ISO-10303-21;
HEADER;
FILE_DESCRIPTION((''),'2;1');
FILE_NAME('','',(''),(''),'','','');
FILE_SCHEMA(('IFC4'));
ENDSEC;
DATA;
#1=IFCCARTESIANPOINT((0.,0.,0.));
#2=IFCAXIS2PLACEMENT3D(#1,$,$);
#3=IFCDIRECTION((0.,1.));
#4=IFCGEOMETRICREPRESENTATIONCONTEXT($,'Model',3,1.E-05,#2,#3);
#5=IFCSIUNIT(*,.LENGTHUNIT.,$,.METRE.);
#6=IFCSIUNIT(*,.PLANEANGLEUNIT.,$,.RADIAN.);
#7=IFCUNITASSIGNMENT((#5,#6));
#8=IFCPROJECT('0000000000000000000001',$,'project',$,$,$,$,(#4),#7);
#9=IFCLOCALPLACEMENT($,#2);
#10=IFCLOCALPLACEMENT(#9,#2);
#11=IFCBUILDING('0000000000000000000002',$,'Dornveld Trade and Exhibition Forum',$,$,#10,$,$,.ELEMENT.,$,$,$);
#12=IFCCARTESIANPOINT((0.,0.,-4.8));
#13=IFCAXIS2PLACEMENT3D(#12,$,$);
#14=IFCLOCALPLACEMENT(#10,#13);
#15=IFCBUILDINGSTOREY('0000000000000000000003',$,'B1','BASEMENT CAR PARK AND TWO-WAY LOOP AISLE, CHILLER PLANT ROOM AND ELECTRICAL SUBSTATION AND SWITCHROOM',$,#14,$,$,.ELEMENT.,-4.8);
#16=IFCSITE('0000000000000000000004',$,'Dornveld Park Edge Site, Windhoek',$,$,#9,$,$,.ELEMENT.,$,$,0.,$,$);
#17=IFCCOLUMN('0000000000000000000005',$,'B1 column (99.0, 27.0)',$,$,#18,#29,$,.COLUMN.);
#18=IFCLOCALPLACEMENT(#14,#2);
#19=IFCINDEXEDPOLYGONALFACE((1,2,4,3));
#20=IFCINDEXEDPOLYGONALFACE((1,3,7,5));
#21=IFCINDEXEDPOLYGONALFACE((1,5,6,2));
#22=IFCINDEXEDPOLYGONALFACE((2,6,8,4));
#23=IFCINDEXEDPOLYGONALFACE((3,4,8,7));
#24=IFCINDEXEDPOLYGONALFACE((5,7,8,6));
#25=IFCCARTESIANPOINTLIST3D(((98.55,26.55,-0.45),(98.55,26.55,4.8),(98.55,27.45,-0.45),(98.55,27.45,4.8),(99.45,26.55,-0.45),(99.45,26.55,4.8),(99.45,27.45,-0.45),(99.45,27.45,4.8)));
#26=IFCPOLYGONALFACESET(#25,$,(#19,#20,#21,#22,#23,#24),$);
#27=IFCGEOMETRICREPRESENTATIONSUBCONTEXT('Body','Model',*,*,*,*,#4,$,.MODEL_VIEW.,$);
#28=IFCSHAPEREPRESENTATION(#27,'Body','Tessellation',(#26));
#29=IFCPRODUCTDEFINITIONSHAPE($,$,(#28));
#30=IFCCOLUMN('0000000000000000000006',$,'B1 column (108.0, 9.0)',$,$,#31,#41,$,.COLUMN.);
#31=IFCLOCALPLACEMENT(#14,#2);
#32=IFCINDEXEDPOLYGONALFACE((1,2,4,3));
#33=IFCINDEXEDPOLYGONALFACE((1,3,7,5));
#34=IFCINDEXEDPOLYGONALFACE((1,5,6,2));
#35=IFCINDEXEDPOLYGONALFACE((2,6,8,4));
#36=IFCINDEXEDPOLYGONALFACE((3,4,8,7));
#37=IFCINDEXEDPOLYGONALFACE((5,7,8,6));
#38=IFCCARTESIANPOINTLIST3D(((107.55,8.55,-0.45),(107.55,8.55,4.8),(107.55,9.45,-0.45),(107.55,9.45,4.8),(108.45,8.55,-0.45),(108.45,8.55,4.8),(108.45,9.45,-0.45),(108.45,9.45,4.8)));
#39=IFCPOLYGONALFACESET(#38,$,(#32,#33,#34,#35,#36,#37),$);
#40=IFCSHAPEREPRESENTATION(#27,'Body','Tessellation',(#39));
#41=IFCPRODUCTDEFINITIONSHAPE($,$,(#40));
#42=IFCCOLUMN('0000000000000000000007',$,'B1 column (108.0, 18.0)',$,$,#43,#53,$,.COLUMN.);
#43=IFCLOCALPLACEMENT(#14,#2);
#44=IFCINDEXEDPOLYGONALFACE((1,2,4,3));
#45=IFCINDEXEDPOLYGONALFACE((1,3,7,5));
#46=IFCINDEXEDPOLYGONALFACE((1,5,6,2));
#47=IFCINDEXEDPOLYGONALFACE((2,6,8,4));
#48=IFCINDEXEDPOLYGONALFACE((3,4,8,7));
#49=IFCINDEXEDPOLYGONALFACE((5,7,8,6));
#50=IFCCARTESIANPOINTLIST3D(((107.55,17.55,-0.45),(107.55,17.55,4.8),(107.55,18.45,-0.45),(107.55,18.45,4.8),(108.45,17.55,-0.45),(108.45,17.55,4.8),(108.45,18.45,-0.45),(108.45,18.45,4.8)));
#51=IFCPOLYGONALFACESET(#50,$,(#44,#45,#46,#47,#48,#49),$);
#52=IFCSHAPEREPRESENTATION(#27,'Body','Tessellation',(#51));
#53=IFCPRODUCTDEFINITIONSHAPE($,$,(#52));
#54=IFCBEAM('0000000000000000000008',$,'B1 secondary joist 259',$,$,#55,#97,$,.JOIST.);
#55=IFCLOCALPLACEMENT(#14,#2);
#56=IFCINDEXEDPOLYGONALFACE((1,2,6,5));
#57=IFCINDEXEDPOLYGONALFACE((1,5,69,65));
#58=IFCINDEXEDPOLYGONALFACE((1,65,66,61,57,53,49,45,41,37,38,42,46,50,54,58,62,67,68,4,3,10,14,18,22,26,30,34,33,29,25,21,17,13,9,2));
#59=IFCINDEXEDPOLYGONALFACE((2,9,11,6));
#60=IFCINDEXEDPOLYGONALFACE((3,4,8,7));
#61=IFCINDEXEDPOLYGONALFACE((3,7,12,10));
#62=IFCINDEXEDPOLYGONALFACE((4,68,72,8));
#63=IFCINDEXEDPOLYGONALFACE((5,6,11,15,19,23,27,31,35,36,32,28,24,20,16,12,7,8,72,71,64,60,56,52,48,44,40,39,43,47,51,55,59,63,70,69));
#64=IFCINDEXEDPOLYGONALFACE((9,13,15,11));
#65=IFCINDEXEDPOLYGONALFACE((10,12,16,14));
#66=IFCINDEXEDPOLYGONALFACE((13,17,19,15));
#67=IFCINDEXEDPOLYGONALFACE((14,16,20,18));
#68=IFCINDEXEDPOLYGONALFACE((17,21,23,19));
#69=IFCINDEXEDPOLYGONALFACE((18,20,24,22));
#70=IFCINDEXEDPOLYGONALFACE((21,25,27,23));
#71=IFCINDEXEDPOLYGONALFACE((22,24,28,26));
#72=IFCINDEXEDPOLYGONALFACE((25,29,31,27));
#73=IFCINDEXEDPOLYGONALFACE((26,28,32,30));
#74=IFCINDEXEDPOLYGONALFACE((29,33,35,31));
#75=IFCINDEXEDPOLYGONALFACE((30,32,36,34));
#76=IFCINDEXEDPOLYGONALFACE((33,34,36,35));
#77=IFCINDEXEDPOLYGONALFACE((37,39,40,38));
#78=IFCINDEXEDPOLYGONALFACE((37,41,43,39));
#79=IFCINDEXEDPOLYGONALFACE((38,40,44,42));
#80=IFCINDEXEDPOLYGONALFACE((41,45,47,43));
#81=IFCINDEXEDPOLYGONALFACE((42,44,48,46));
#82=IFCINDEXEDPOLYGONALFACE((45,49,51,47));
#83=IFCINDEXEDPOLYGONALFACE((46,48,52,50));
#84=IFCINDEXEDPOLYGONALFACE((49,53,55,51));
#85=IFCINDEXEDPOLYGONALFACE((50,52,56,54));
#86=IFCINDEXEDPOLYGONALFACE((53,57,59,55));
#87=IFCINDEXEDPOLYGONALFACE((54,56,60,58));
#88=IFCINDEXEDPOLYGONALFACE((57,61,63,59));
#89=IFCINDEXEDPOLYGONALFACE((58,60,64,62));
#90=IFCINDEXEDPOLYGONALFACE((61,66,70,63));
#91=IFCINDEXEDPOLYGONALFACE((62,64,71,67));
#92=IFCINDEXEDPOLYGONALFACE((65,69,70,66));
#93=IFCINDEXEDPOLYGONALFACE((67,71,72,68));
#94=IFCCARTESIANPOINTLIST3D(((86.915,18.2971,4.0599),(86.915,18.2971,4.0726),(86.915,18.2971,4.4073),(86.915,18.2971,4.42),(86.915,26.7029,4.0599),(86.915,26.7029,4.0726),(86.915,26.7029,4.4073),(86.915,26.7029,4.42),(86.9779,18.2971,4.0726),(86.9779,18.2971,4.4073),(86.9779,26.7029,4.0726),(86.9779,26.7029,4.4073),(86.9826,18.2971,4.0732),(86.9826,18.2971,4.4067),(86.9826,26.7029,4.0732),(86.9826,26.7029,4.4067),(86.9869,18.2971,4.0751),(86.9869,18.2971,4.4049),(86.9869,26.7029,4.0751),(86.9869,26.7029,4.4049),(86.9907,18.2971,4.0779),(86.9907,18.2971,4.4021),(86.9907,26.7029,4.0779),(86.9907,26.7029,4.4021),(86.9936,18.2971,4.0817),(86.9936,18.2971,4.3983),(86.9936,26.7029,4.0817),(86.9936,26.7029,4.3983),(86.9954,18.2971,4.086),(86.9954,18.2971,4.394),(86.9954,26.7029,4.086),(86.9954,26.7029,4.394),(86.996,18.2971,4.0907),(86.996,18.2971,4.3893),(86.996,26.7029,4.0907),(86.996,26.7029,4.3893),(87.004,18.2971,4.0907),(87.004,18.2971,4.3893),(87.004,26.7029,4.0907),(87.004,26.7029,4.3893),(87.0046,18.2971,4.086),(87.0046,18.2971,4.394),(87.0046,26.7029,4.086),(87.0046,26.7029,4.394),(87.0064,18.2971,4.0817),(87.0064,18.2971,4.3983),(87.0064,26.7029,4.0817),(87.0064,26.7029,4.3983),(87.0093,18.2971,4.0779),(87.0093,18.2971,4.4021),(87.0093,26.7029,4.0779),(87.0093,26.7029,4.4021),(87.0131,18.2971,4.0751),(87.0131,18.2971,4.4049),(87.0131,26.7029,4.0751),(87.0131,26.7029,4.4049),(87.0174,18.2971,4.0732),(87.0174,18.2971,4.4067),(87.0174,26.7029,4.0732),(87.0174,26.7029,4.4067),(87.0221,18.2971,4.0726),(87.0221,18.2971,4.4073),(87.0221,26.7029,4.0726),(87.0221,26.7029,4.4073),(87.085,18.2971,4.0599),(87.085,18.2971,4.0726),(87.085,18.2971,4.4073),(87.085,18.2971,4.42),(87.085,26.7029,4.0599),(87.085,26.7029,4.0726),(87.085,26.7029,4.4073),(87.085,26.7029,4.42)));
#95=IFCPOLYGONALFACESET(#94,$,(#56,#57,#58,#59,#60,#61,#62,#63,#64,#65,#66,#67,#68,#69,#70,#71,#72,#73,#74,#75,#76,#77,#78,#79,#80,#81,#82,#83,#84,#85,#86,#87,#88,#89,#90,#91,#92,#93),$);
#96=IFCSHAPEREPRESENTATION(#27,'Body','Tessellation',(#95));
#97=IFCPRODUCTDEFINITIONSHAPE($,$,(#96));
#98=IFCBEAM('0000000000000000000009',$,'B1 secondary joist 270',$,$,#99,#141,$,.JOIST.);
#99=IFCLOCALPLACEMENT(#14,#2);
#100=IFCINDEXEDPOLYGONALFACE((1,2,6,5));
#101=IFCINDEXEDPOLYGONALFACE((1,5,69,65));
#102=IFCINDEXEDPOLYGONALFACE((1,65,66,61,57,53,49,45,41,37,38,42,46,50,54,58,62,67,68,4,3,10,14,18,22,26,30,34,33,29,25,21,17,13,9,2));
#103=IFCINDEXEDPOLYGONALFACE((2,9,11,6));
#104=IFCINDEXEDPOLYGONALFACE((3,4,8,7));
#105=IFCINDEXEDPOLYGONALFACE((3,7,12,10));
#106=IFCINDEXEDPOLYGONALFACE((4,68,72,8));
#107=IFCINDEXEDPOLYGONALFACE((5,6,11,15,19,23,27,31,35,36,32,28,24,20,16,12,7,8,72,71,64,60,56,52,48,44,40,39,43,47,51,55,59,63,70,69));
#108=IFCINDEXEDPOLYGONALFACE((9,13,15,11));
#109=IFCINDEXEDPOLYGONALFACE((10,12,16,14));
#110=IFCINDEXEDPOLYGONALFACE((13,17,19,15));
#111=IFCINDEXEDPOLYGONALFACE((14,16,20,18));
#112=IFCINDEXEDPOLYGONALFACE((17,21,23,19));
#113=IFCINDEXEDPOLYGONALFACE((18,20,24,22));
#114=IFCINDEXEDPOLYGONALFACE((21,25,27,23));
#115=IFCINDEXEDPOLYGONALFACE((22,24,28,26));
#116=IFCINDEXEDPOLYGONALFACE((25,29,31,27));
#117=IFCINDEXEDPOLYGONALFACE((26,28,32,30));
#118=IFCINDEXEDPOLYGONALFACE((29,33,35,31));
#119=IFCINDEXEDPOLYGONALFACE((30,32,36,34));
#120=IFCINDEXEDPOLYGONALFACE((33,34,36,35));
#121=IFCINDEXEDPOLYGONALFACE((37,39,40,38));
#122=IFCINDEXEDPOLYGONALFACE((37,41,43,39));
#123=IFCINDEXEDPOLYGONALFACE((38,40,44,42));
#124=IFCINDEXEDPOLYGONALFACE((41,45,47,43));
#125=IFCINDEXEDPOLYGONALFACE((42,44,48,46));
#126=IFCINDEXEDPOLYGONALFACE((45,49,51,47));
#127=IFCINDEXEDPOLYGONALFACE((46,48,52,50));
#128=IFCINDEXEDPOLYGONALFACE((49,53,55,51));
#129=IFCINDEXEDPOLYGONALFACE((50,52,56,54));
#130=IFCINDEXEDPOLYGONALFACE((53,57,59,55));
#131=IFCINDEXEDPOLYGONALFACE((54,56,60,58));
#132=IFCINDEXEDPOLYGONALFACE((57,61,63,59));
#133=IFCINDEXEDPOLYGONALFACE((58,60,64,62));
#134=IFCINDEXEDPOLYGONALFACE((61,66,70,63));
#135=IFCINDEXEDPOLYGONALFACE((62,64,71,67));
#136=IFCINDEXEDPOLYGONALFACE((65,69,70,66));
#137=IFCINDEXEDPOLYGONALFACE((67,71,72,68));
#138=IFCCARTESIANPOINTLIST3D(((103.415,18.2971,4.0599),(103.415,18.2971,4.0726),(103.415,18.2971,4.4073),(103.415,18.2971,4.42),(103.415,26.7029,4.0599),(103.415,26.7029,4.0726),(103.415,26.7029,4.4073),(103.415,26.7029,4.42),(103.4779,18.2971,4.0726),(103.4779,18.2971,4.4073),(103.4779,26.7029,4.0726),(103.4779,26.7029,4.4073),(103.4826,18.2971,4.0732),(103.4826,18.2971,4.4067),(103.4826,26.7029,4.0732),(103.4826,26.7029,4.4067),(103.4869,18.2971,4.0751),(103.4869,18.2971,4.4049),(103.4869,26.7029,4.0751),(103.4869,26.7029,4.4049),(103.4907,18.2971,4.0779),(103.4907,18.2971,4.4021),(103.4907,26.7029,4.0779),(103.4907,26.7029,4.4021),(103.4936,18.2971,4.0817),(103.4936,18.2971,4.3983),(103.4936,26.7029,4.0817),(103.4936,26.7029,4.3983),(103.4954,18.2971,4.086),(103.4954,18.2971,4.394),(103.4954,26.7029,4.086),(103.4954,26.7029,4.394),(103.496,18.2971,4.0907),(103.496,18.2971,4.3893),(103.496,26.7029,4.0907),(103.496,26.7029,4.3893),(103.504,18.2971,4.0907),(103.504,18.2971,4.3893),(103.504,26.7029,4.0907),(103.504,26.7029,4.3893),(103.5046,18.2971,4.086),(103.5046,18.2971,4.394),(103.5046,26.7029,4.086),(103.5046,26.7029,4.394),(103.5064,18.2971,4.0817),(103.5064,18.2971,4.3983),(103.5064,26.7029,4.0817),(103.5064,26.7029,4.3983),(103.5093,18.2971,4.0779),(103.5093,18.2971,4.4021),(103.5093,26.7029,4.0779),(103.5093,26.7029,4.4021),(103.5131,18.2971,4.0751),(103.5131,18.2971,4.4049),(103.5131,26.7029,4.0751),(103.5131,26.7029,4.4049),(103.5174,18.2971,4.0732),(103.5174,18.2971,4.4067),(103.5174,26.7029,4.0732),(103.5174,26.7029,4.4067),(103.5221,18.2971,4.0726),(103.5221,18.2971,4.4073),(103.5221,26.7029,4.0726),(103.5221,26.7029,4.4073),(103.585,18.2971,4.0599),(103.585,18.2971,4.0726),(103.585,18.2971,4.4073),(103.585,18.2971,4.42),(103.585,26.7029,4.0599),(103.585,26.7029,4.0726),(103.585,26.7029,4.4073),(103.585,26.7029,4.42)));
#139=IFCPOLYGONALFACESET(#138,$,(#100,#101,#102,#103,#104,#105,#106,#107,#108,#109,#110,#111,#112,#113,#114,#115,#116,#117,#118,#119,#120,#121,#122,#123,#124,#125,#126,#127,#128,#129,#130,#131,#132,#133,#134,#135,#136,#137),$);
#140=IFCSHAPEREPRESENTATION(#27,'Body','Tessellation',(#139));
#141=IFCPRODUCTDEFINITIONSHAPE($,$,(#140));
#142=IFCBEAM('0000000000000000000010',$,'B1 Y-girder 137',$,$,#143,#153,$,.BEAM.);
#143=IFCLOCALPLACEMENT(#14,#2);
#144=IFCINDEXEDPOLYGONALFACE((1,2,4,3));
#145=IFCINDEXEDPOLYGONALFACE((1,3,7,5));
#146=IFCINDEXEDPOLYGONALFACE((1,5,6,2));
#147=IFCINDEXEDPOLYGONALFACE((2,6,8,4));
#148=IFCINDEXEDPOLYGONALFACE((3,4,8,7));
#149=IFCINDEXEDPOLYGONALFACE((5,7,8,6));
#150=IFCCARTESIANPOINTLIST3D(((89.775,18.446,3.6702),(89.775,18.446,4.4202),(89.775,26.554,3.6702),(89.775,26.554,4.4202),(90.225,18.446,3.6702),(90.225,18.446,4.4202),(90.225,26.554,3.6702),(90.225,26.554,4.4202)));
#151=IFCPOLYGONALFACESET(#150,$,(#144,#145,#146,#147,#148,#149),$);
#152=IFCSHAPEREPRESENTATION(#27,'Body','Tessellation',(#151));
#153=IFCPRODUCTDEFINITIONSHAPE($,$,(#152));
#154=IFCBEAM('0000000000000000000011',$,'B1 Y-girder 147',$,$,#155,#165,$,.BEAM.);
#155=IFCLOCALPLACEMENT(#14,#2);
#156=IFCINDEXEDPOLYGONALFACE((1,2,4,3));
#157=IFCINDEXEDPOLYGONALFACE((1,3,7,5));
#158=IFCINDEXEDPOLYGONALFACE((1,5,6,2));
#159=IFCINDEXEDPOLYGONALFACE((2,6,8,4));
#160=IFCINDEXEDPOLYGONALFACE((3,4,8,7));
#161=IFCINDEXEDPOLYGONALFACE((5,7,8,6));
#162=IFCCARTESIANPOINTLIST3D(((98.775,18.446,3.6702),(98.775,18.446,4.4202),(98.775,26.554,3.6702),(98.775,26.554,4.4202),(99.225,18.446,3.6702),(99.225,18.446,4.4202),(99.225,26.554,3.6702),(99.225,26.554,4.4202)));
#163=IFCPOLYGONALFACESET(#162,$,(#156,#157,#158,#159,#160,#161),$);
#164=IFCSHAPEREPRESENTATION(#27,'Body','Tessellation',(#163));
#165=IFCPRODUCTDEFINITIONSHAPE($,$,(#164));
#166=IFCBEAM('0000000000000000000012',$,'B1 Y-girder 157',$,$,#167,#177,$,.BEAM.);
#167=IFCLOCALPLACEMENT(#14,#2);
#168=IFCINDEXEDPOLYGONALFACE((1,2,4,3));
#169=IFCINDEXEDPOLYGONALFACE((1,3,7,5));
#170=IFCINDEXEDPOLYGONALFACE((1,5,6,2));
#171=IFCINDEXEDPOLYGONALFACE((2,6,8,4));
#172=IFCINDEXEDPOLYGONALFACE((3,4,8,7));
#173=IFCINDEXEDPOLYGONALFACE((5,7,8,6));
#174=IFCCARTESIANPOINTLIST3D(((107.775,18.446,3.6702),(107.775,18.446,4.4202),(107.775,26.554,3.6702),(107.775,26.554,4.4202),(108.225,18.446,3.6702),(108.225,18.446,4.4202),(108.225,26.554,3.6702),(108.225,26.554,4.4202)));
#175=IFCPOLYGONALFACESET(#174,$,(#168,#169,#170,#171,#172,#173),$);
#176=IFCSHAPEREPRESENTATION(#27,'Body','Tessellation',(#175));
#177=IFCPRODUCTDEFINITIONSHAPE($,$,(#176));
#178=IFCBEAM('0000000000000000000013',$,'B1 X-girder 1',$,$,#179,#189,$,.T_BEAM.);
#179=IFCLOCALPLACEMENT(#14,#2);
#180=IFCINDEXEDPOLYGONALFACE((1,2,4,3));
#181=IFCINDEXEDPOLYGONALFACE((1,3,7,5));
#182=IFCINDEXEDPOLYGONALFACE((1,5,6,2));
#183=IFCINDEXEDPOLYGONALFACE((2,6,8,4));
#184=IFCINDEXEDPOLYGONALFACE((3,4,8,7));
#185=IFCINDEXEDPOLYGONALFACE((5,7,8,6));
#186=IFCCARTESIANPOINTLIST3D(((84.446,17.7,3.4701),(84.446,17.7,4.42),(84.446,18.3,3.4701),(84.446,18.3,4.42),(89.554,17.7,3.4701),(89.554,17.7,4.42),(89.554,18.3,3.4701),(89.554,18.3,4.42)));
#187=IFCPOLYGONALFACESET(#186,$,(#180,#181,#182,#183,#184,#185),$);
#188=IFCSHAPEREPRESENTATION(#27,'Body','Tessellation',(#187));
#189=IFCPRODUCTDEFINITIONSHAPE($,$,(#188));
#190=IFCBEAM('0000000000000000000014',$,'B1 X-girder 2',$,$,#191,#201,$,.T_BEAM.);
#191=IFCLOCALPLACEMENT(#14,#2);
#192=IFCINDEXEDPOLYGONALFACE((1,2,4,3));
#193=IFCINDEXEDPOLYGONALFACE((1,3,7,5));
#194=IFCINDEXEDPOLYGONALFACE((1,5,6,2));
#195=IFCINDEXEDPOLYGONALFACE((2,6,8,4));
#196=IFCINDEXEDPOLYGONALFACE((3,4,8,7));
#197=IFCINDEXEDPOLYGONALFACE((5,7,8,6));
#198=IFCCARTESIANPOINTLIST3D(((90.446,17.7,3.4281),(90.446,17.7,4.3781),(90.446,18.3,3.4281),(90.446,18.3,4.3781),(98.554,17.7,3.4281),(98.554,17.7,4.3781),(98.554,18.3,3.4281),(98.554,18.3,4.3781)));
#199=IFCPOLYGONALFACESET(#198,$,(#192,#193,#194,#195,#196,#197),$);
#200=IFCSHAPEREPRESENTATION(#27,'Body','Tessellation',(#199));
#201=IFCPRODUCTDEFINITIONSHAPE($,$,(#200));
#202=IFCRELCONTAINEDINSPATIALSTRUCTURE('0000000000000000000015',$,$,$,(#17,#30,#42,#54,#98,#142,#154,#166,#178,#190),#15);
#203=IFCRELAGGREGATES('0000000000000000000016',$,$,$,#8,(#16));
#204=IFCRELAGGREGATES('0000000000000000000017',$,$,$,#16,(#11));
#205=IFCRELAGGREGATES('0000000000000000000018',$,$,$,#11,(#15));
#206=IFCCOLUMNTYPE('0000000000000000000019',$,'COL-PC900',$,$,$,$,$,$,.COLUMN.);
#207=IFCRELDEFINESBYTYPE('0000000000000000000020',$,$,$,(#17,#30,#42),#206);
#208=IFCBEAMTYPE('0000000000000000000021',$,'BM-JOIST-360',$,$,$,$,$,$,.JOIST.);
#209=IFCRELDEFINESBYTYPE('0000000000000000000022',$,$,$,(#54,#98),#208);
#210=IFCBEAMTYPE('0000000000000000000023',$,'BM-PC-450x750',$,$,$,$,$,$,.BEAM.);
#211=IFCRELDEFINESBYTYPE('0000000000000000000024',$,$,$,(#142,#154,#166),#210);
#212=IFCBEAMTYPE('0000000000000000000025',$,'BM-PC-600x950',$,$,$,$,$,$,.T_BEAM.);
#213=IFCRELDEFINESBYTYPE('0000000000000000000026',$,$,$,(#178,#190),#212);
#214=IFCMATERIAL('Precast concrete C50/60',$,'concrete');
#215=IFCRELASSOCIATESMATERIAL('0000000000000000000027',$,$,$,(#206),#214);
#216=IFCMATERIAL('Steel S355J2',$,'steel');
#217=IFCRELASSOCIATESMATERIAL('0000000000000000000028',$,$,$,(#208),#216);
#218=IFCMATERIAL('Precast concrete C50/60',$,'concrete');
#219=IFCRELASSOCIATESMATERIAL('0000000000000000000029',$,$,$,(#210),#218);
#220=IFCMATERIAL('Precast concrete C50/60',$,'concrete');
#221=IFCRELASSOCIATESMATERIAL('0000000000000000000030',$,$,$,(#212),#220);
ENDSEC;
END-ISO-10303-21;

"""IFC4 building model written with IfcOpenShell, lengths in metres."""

from ifc_helpers import new_model, si_unit, direction, frame, origin, origin_2d, place, context, subcontext, project, spatial, rectangle, i_section, extrude, material, material_profile, profile_set, type_object, element, save


model = new_model("IFC4")

# Units and contexts
model_context = context("Model", 3, precision=1e-05, world=origin(), true_north=direction((0.0, 1.0)))
body_context = subcontext(model_context, "Body", "Model", "MODEL_VIEW")
ifc_project = project(units=[si_unit("LENGTHUNIT", "METRE"), si_unit("PLANEANGLEUNIT", "RADIAN")], contexts=[model_context])

# Site, building, storey
site_placement = place(None, origin())
site = spatial("IfcSite", under=ifc_project, at=site_placement, Name="Dornveld Park Edge Site, Windhoek", CompositionType="ELEMENT", RefElevation=0.0)
building_placement = place(site_placement, origin())
building = spatial("IfcBuilding", under=site, at=building_placement, Name="Dornveld Trade and Exhibition Forum", CompositionType="ELEMENT")
storey_placement = place(building_placement, frame((0.0, 0.0, -4.8)))
storey = spatial("IfcBuildingStorey", under=building, at=storey_placement, Name="B1", Description="BASEMENT CAR PARK AND TWO-WAY LOOP AISLE, CHILLER PLANT ROOM AND ELECTRICAL SUBSTATION AND SWITCHROOM", CompositionType="ELEMENT", Elevation=-4.8)

# Columns
ifc_material_1 = material(Name="Precast concrete C50/60", Category="concrete")
ifc_material_profile_1 = material_profile(ifc_material_1, rectangle(XDim=0.8999, YDim=0.8999, at=origin_2d()), Name="PC-COL 900x900")
ifc_profile_set_1 = profile_set([ifc_material_profile_1], Name="Precast concrete C50/60")
column_type_1 = type_object("IfcColumnType", Name="COL-PC900", PredefinedType="COLUMN", material=ifc_profile_set_1)
for number, where, z_axis, x_axis, name in (
    (1, (99.0, 27.0, -0.45), (0.0, 0.0, 1.0), (1.0, 0.0, 0.0), "B1 column (99.0, 27.0)"),
    (2, (108.0, 9.0, -0.45), (0.0, 0.0, 1.0), (1.0, 0.0, 0.0), "B1 column (108.0, 9.0)"),
    (3, (108.0, 18.0, -0.45), (0.0, 0.0, 1.0), (1.0, 0.0, 0.0), "B1 column (108.0, 18.0)"),
):
    element("IfcColumn", number, at=place(storey_placement, frame(where, z_axis=z_axis, x_axis=x_axis)), inside=storey, type_object=column_type_1, Name=name, PredefinedType="COLUMN", context=body_context, shape_type="SweptSolid", body=[
        extrude(rectangle(XDim=0.8999, YDim=0.8999, at=origin_2d()), origin(), (0.0, 0.0, 1.0), 5.25),
    ])

# Beams
ifc_material_2 = material(Name="Steel S355J2", Category="steel")
ifc_material_profile_2 = material_profile(ifc_material_2, i_section(OverallWidth=0.1699, OverallDepth=0.3601, WebThickness=0.0081, FlangeThickness=0.0127, FilletRadius=0.0181, at=origin_2d()), Name="IPE 360")
ifc_profile_set_2 = profile_set([ifc_material_profile_2], Name="Steel S355J2")
beam_type_1 = type_object("IfcBeamType", Name="BM-JOIST-360", PredefinedType="JOIST", material=ifc_profile_set_2)
for number, where, z_axis, x_axis, name in (
    (4, (87.0, 18.2971, 4.24), (0.0, 1.0, 0.0), (-1.0, 0.0, 0.0), "B1 secondary joist 259"),
    (5, (103.5, 18.2971, 4.24), (0.0, 1.0, 0.0), (-1.0, 0.0, 0.0), "B1 secondary joist 270"),
):
    element("IfcBeam", number, at=place(storey_placement, frame(where, z_axis=z_axis, x_axis=x_axis)), inside=storey, type_object=beam_type_1, Name=name, PredefinedType="JOIST", context=body_context, shape_type="SweptSolid", body=[
        extrude(i_section(OverallWidth=0.1699, OverallDepth=0.3601, WebThickness=0.0081, FlangeThickness=0.0127, FilletRadius=0.0181, at=origin_2d()), origin(), (0.0, 0.0, 1.0), 8.4058),
    ])
ifc_material_3 = material(Name="Precast concrete C50/60", Category="concrete")
ifc_material_profile_3 = material_profile(ifc_material_3, rectangle(XDim=0.45, YDim=0.75, at=origin_2d()), Name="PC-BM 450x750")
ifc_profile_set_3 = profile_set([ifc_material_profile_3], Name="Precast concrete C50/60")
beam_type_2 = type_object("IfcBeamType", Name="BM-PC-450x750", PredefinedType="BEAM", material=ifc_profile_set_3)
for number, where, z_axis, x_axis, name in (
    (6, (90.0, 18.446, 4.0452), (0.0, 1.0, 0.0), (-1.0, 0.0, 0.0), "B1 Y-girder 137"),
    (7, (99.0, 18.446, 4.0452), (0.0, 1.0, 0.0), (-1.0, 0.0, 0.0), "B1 Y-girder 147"),
    (8, (108.0, 18.446, 4.0452), (0.0, 1.0, 0.0), (-1.0, 0.0, 0.0), "B1 Y-girder 157"),
):
    element("IfcBeam", number, at=place(storey_placement, frame(where, z_axis=z_axis, x_axis=x_axis)), inside=storey, type_object=beam_type_2, Name=name, PredefinedType="BEAM", context=body_context, shape_type="SweptSolid", body=[
        extrude(rectangle(XDim=0.45, YDim=0.75, at=origin_2d()), origin(), (0.0, 0.0, 1.0), 8.1079),
    ])
ifc_material_4 = material(Name="Precast concrete C50/60", Category="concrete")
ifc_material_profile_4 = material_profile(ifc_material_4, rectangle(XDim=0.6001, YDim=0.95, at=origin_2d()), Name="PC-GIR 600x950")
ifc_profile_set_4 = profile_set([ifc_material_profile_4], Name="Precast concrete C50/60")
beam_type_3 = type_object("IfcBeamType", Name="BM-PC-600x950", PredefinedType="T_BEAM", material=ifc_profile_set_4)
beam_1_placement = place(storey_placement, frame((84.446, 18.0, 3.9451), z_axis=(1.0, 0.0, 0.0), x_axis=(0.0, 1.0, 0.0)))
element("IfcBeam", 9, at=beam_1_placement, inside=storey, type_object=beam_type_3, Name="B1 X-girder 1", PredefinedType="T_BEAM", context=body_context, shape_type="SweptSolid", body=[
    extrude(rectangle(XDim=0.6001, YDim=0.95, at=origin_2d()), origin(), (0.0, 0.0, 1.0), 5.1079),
])
for number, where, z_axis, x_axis, name in (
    (10, (90.446, 18.0, 3.9031), (1.0, 0.0, 0.0), (0.0, 1.0, 0.0), "B1 X-girder 2"),
):
    element("IfcBeam", number, at=place(storey_placement, frame(where, z_axis=z_axis, x_axis=x_axis)), inside=storey, type_object=beam_type_3, Name=name, PredefinedType="T_BEAM", context=body_context, shape_type="SweptSolid", body=[
        extrude(rectangle(XDim=0.6001, YDim=0.95, at=origin_2d()), origin(), (0.0, 0.0, 1.0), 8.1079),
    ])

save(model, "model.ifc")
